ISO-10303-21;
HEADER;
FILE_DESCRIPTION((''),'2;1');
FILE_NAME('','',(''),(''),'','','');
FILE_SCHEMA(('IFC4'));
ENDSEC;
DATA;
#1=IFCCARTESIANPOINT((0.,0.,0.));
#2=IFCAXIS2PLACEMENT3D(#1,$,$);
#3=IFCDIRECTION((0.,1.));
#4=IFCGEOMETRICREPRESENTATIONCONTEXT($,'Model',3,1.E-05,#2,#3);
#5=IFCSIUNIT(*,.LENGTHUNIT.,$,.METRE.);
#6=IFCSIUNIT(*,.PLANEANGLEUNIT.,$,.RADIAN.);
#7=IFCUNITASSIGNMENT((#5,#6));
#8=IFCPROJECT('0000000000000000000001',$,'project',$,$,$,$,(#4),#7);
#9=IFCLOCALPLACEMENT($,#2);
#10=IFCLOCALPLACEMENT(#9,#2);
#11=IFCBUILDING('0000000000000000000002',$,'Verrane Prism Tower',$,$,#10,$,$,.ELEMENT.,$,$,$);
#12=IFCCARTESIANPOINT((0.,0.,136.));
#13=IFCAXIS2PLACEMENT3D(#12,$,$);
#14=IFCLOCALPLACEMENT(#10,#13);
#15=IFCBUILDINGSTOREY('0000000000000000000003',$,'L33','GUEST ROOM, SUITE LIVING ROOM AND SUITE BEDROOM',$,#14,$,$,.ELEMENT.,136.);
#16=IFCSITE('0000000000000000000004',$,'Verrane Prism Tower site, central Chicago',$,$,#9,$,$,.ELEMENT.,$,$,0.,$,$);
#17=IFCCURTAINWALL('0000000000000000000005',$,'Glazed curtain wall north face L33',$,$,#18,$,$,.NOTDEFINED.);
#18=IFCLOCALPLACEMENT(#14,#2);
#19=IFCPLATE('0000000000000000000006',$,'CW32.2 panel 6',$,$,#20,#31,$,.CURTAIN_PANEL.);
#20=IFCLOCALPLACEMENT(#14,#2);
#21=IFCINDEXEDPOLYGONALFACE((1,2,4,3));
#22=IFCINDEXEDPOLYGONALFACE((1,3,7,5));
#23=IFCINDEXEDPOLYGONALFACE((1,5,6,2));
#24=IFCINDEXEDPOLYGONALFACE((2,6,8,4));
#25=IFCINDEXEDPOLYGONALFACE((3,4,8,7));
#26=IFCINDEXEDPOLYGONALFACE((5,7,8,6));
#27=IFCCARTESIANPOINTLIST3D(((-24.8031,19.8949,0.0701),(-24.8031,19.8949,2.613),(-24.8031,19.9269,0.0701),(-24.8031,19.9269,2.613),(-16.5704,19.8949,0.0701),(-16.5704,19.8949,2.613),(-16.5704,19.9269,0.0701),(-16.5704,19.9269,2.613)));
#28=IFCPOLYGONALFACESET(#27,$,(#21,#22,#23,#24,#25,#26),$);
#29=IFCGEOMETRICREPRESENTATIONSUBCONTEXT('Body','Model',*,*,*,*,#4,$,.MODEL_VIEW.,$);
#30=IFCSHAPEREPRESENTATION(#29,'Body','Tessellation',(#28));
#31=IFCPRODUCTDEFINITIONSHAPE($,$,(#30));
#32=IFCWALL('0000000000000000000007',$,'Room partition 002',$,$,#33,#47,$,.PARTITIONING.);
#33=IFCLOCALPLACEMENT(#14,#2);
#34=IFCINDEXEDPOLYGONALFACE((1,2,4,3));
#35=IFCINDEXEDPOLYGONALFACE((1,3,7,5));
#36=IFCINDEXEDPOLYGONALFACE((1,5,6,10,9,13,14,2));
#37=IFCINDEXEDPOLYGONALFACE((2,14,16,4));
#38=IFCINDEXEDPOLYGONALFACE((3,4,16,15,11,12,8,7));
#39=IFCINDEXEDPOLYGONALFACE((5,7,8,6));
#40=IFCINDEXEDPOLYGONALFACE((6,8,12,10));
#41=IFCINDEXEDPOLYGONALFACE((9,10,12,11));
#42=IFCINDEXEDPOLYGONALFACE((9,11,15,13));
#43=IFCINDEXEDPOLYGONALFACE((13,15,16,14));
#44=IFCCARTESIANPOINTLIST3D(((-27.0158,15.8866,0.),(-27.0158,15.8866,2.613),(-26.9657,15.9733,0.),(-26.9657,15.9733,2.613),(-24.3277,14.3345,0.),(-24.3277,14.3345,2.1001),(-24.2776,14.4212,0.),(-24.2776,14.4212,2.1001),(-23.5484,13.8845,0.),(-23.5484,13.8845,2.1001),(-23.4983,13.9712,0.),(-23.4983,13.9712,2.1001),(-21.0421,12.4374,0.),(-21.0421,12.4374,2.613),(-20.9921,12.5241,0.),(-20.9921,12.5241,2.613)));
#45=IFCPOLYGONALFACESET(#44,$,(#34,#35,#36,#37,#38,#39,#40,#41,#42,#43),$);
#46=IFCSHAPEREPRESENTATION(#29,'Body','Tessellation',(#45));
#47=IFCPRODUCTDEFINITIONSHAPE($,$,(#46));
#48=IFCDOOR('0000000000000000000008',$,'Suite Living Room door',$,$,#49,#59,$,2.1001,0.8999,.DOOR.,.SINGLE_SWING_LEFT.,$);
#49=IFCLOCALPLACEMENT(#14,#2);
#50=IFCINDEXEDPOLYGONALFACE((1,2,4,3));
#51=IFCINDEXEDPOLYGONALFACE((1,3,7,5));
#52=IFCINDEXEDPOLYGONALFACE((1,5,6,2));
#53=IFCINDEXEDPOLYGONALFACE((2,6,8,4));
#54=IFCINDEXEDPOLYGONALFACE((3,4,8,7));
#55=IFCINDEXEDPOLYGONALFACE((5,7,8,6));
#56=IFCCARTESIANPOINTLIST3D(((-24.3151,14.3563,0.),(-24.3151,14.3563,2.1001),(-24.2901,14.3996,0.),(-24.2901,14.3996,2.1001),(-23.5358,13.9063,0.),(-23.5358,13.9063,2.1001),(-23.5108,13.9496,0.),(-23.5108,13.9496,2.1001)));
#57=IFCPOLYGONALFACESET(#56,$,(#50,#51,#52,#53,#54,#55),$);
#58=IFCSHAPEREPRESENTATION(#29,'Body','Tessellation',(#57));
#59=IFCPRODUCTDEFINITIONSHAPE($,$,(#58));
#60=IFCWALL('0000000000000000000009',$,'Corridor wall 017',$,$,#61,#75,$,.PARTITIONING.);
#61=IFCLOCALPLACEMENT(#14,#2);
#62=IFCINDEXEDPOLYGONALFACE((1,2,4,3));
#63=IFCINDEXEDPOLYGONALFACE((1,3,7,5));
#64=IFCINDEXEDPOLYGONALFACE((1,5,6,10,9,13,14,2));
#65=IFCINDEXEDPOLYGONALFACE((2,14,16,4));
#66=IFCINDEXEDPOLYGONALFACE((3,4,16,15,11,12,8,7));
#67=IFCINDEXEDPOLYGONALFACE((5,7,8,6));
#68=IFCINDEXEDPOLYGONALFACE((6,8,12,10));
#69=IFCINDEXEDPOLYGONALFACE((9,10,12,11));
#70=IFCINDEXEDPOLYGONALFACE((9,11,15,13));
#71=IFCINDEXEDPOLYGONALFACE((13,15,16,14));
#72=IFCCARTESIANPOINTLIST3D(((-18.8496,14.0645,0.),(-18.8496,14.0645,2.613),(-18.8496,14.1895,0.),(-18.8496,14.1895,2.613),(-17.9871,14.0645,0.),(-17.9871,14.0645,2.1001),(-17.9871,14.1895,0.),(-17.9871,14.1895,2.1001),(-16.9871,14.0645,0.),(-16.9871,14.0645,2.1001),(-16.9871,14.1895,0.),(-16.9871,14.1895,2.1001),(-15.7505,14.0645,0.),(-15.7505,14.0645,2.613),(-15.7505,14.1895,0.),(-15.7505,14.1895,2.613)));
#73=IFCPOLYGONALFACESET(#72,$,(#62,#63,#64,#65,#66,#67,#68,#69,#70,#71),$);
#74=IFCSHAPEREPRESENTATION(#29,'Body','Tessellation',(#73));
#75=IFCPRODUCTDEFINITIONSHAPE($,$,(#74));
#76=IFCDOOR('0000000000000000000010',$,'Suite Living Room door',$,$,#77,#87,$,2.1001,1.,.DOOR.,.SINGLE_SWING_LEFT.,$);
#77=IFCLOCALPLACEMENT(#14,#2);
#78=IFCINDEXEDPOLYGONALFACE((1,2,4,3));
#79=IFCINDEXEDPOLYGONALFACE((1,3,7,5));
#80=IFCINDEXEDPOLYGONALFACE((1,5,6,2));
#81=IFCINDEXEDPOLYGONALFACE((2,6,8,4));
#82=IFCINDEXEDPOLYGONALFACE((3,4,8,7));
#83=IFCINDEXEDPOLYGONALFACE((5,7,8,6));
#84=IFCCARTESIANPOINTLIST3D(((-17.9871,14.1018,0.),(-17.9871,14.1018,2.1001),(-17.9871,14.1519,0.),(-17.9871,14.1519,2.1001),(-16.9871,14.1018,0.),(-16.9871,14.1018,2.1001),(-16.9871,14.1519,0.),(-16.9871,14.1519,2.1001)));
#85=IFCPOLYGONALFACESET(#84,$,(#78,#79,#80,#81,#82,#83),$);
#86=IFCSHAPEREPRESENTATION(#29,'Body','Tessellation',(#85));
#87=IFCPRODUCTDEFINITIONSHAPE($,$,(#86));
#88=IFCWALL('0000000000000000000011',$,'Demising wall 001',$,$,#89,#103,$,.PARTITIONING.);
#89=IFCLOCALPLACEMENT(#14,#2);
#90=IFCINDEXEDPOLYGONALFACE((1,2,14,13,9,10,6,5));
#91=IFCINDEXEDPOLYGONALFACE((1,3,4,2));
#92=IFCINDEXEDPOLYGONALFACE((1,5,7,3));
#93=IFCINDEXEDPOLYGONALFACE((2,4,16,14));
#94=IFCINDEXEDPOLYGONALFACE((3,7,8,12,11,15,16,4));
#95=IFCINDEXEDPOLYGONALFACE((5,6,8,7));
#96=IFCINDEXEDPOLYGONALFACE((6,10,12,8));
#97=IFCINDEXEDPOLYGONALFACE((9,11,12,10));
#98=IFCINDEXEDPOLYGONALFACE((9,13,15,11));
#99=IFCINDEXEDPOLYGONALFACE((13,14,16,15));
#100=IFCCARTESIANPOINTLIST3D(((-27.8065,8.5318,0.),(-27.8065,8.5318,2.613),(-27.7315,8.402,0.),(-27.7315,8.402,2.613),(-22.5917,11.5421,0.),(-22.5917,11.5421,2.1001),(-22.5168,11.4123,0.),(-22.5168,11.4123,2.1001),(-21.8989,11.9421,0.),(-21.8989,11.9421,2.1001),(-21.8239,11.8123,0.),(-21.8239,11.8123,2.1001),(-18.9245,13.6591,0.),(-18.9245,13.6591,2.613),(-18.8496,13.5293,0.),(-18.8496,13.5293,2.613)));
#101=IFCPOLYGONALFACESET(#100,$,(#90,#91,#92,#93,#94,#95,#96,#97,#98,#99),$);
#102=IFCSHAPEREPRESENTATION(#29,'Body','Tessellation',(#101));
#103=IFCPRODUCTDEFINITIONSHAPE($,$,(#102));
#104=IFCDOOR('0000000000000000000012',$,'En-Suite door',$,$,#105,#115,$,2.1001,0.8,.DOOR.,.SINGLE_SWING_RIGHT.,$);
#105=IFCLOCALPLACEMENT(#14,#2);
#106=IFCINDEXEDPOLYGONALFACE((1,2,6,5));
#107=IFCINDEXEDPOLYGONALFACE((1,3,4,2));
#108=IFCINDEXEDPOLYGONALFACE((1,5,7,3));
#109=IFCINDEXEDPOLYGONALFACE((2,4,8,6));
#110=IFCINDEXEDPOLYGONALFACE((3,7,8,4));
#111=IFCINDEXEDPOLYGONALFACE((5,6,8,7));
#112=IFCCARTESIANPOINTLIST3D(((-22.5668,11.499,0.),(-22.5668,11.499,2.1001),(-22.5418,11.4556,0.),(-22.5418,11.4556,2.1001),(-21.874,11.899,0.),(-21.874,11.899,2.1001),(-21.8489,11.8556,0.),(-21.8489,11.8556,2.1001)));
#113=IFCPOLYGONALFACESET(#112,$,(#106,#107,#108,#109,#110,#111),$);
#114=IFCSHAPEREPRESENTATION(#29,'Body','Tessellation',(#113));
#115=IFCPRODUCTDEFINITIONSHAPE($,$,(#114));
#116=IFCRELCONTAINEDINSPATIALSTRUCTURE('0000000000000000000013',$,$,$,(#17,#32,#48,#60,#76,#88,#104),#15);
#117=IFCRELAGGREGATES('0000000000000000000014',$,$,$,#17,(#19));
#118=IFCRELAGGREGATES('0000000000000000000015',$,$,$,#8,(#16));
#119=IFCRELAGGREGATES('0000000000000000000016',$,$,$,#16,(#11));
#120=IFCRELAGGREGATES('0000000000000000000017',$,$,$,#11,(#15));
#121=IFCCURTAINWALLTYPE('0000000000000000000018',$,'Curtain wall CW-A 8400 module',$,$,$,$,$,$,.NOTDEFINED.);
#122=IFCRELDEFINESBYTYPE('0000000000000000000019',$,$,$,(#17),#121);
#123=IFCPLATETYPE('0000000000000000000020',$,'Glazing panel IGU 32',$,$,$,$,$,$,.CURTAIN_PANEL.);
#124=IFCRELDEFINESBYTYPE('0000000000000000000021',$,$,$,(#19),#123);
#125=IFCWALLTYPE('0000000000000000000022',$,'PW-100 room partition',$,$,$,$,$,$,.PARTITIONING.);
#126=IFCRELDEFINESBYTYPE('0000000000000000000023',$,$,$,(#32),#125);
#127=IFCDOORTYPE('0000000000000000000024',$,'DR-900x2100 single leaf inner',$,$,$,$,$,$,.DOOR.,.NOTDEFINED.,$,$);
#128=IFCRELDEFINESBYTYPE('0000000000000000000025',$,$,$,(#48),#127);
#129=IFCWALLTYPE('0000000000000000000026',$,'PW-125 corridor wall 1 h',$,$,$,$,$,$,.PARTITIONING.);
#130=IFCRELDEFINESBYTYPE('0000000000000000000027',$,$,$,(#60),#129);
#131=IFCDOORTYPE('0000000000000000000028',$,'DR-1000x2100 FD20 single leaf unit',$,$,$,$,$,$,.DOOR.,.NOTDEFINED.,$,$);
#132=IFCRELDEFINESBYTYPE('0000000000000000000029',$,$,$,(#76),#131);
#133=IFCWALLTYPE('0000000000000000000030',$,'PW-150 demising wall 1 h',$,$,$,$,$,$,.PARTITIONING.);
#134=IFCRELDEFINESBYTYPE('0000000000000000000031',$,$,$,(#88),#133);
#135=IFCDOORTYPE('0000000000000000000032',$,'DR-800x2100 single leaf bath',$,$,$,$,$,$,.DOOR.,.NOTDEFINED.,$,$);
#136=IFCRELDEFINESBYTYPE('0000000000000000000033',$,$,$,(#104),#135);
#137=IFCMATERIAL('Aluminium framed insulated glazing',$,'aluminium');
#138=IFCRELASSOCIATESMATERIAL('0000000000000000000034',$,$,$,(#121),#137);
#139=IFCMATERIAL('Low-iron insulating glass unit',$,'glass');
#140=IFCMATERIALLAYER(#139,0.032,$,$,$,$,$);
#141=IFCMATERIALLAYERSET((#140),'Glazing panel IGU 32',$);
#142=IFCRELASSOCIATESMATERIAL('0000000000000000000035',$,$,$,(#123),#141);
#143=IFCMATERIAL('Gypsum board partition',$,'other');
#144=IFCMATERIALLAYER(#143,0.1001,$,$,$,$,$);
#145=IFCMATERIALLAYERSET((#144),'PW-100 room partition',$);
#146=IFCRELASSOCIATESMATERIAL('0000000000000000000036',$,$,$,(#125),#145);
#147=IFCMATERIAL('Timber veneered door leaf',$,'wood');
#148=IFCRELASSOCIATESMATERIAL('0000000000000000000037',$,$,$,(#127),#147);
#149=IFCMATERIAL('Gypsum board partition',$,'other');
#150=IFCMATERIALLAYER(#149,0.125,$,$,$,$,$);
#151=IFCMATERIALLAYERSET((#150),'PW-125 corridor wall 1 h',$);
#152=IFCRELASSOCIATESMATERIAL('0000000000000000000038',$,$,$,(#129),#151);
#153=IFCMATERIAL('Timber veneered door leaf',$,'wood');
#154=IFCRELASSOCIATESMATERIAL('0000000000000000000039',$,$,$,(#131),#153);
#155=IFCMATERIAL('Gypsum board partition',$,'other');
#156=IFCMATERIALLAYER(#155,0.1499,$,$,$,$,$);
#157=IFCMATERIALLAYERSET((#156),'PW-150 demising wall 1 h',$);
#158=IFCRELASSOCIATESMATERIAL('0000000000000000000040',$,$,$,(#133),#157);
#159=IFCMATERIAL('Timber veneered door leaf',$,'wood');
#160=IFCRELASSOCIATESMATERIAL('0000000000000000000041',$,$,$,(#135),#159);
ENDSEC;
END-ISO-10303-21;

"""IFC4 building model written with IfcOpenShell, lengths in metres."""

from ifc_helpers import new_model, si_unit, direction, frame, frame_2d, origin, origin_2d, place, context, subcontext, project, spatial, rectangle, extrude, material, layer, layer_set, type_object, element, fill, aggregate, save


model = new_model("IFC4")

# Units and contexts
model_context = context("Model", 3, precision=1e-05, world=origin(), true_north=direction((0.0, 1.0)))
body_context = subcontext(model_context, "Body", "Model", "MODEL_VIEW")
ifc_project = project(units=[si_unit("LENGTHUNIT", "METRE"), si_unit("PLANEANGLEUNIT", "RADIAN")], contexts=[model_context])

# Site, building, storey
site_placement = place(None, origin())
site = spatial("IfcSite", under=ifc_project, at=site_placement, Name="Verrane Prism Tower site, central Chicago", CompositionType="ELEMENT", RefElevation=0.0)
building_placement = place(site_placement, origin())
building = spatial("IfcBuilding", under=site, at=building_placement, Name="Verrane Prism Tower", CompositionType="ELEMENT")
storey_placement = place(building_placement, frame((0.0, 0.0, 136.0)))
storey = spatial("IfcBuildingStorey", under=building, at=storey_placement, Name="L33", Description="GUEST ROOM, SUITE LIVING ROOM AND SUITE BEDROOM", CompositionType="ELEMENT", Elevation=136.0)

# Curtain wall
ifc_material_1 = material(Name="Aluminium framed insulated glazing", Category="aluminium")
curtain_wall_type_1 = type_object("IfcCurtainWallType", Name="Curtain wall CW-A 8400 module", PredefinedType="NOTDEFINED", material=ifc_material_1)
curtain_wall_1_placement = place(storey_placement, origin())
curtain_wall_1 = element("IfcCurtainWall", 1, at=curtain_wall_1_placement, inside=storey, type_object=curtain_wall_type_1, Name="Glazed curtain wall north face L33", PredefinedType="NOTDEFINED")

# Plate
ifc_material_2 = material(Name="Low-iron insulating glass unit", Category="glass")
ifc_layer_1 = layer(ifc_material_2, 0.032)
ifc_layer_set_1 = layer_set([ifc_layer_1], Name="Glazing panel IGU 32")
plate_type_1 = type_object("IfcPlateType", Name="Glazing panel IGU 32", PredefinedType="CURTAIN_PANEL", material=ifc_layer_set_1)
plate_1_placement = place(storey_placement, frame((-20.6868, 19.9109, 0.0701), z_axis=(0.0, 0.0, 1.0), x_axis=(-1.0, 0.0, 0.0)))
plate_1 = element("IfcPlate", 2, at=plate_1_placement, type_object=plate_type_1, Name="CW32.2 panel 6", PredefinedType="CURTAIN_PANEL", context=body_context, shape_type="SweptSolid", body=[
    extrude(rectangle(XDim=8.2327, YDim=0.032, at=origin_2d()), origin(), (0.0, 0.0, 1.0), 2.543),
])
aggregate(curtain_wall_1, [plate_1])

# Walls, openings, doors
ifc_material_3 = material(Name="Gypsum board partition", Category="other")
ifc_layer_2 = layer(ifc_material_3, 0.1001)
ifc_layer_set_2 = layer_set([ifc_layer_2], Name="PW-100 room partition")
wall_type_1 = type_object("IfcWallType", Name="PW-100 room partition", PredefinedType="PARTITIONING", material=ifc_layer_set_2)
wall_1_placement = place(storey_placement, frame((-21.0171, 12.4807, 0.0), z_axis=(0.0, 0.0, 1.0), x_axis=(-0.866004, 0.500037, 0.0)))
wall_1 = element("IfcWall", 3, at=wall_1_placement, inside=storey, type_object=wall_type_1, Name="Room partition 002", PredefinedType="PARTITIONING", context=body_context, shape_type="SweptSolid", body=[
    extrude(rectangle(XDim=6.8979, YDim=0.1001, at=frame_2d((3.449, 0.0))), origin(), (0.0, 0.0, 1.0), 2.613),
])
opening_1_placement = place(wall_1_placement, frame((2.894, 0.0, 0.0)))
opening_1 = element("IfcOpeningElement", 4, at=opening_1_placement, cuts=wall_1, PredefinedType="OPENING", context=body_context, shape_type="SweptSolid", body=[
    extrude(rectangle(XDim=0.8999, YDim=2.1001, at=frame_2d((0.45, 1.05))), frame((0.0, 0.0601, 0.0), z_axis=(0.0, -1.0, 0.0), x_axis=(1.0, 0.0, 0.0)), (0.0, 0.0, 1.0), 0.1201),
])
ifc_material_4 = material(Name="Timber veneered door leaf", Category="wood")
door_type_1 = type_object("IfcDoorType", Name="DR-900x2100 single leaf inner", OperationType="NOTDEFINED", PredefinedType="DOOR", material=ifc_material_4)
door_1_placement = place(opening_1_placement, origin())
door_1 = element("IfcDoor", 5, at=door_1_placement, inside=storey, type_object=door_type_1, Name="Suite Living Room door", OperationType="SINGLE_SWING_LEFT", OverallHeight=2.1001, OverallWidth=0.8999, PredefinedType="DOOR", context=body_context, shape_type="SweptSolid", body=[
    extrude(rectangle(XDim=0.8999, YDim=2.1001, at=frame_2d((0.45, 1.05))), frame((0.0, 0.0249, 0.0), z_axis=(0.0, -1.0, 0.0), x_axis=(1.0, 0.0, 0.0)), (0.0, 0.0, 1.0), 0.05),
])
fill(opening_1, door_1)
ifc_material_5 = material(Name="Gypsum board partition", Category="other")
ifc_layer_3 = layer(ifc_material_5, 0.125)
ifc_layer_set_3 = layer_set([ifc_layer_3], Name="PW-125 corridor wall 1 h")
wall_type_2 = type_object("IfcWallType", Name="PW-125 corridor wall 1 h", PredefinedType="PARTITIONING", material=ifc_layer_set_3)
wall_2_placement = place(storey_placement, frame((-18.8496, 14.127, 0.0), z_axis=(0.0, 0.0, 1.0), x_axis=(1.0, 0.0, 0.0)))
wall_2 = element("IfcWall", 6, at=wall_2_placement, inside=storey, type_object=wall_type_2, Name="Corridor wall 017", PredefinedType="PARTITIONING", context=body_context, shape_type="SweptSolid", body=[
    extrude(rectangle(XDim=3.0991, YDim=0.125, at=frame_2d((1.5496, 0.0))), origin(), (0.0, 0.0, 1.0), 2.613),
])
opening_2_placement = place(wall_2_placement, frame((0.8625, 0.0, 0.0)))
opening_2 = element("IfcOpeningElement", 7, at=opening_2_placement, cuts=wall_2, PredefinedType="OPENING", context=body_context, shape_type="SweptSolid", body=[
    extrude(rectangle(XDim=1.0, YDim=2.1001, at=frame_2d((0.5, 1.05))), frame((0.0, 0.0725, 0.0), z_axis=(0.0, -1.0, 0.0), x_axis=(1.0, 0.0, 0.0)), (0.0, 0.0, 1.0), 0.145),
])
ifc_material_6 = material(Name="Timber veneered door leaf", Category="wood")
door_type_2 = type_object("IfcDoorType", Name="DR-1000x2100 FD20 single leaf unit", OperationType="NOTDEFINED", PredefinedType="DOOR", material=ifc_material_6)
door_2_placement = place(opening_2_placement, origin())
door_2 = element("IfcDoor", 8, at=door_2_placement, inside=storey, type_object=door_type_2, Name="Suite Living Room door", OperationType="SINGLE_SWING_LEFT", OverallHeight=2.1001, OverallWidth=1.0, PredefinedType="DOOR", context=body_context, shape_type="SweptSolid", body=[
    extrude(rectangle(XDim=1.0, YDim=2.1001, at=frame_2d((0.5, 1.05))), frame((0.0, 0.0249, 0.0), z_axis=(0.0, -1.0, 0.0), x_axis=(1.0, 0.0, 0.0)), (0.0, 0.0, 1.0), 0.05),
])
fill(opening_2, door_2)
ifc_material_7 = material(Name="Gypsum board partition", Category="other")
ifc_layer_4 = layer(ifc_material_7, 0.1499)
ifc_layer_set_4 = layer_set([ifc_layer_4], Name="PW-150 demising wall 1 h")
wall_type_3 = type_object("IfcWallType", Name="PW-150 demising wall 1 h", PredefinedType="PARTITIONING", material=ifc_layer_set_4)
wall_3_placement = place(storey_placement, frame((-18.887, 13.5942, 0.0), z_axis=(0.0, 0.0, 1.0), x_axis=(-0.866056, -0.499946, 0.0)))
wall_3 = element("IfcWall", 9, at=wall_3_placement, inside=storey, type_object=wall_type_3, Name="Demising wall 001", PredefinedType="PARTITIONING", context=body_context, shape_type="SweptSolid", body=[
    extrude(rectangle(XDim=10.2556, YDim=0.1499, at=frame_2d((5.1279, 0.0))), origin(), (0.0, 0.0, 1.0), 2.613),
])
opening_3_placement = place(wall_3_placement, frame((3.4346, 0.0, 0.0)))
opening_3 = element("IfcOpeningElement", 10, at=opening_3_placement, cuts=wall_3, PredefinedType="OPENING", context=body_context, shape_type="SweptSolid", body=[
    extrude(rectangle(XDim=0.8, YDim=2.1001, at=frame_2d((0.3999, 1.05))), frame((0.0, 0.085, 0.0), z_axis=(0.0, -1.0, 0.0), x_axis=(1.0, 0.0, 0.0)), (0.0, 0.0, 1.0), 0.1699),
])
ifc_material_8 = material(Name="Timber veneered door leaf", Category="wood")
door_type_3 = type_object("IfcDoorType", Name="DR-800x2100 single leaf bath", OperationType="NOTDEFINED", PredefinedType="DOOR", material=ifc_material_8)
door_3_placement = place(opening_3_placement, origin())
door_3 = element("IfcDoor", 11, at=door_3_placement, inside=storey, type_object=door_type_3, Name="En-Suite door", OperationType="SINGLE_SWING_RIGHT", OverallHeight=2.1001, OverallWidth=0.8, PredefinedType="DOOR", context=body_context, shape_type="SweptSolid", body=[
    extrude(rectangle(XDim=0.8, YDim=2.1001, at=frame_2d((0.3999, 1.05))), frame((0.0, 0.0249, 0.0), z_axis=(0.0, -1.0, 0.0), x_axis=(1.0, 0.0, 0.0)), (0.0, 0.0, 1.0), 0.05),
])
fill(opening_3, door_3)

save(model, "model.ifc")
